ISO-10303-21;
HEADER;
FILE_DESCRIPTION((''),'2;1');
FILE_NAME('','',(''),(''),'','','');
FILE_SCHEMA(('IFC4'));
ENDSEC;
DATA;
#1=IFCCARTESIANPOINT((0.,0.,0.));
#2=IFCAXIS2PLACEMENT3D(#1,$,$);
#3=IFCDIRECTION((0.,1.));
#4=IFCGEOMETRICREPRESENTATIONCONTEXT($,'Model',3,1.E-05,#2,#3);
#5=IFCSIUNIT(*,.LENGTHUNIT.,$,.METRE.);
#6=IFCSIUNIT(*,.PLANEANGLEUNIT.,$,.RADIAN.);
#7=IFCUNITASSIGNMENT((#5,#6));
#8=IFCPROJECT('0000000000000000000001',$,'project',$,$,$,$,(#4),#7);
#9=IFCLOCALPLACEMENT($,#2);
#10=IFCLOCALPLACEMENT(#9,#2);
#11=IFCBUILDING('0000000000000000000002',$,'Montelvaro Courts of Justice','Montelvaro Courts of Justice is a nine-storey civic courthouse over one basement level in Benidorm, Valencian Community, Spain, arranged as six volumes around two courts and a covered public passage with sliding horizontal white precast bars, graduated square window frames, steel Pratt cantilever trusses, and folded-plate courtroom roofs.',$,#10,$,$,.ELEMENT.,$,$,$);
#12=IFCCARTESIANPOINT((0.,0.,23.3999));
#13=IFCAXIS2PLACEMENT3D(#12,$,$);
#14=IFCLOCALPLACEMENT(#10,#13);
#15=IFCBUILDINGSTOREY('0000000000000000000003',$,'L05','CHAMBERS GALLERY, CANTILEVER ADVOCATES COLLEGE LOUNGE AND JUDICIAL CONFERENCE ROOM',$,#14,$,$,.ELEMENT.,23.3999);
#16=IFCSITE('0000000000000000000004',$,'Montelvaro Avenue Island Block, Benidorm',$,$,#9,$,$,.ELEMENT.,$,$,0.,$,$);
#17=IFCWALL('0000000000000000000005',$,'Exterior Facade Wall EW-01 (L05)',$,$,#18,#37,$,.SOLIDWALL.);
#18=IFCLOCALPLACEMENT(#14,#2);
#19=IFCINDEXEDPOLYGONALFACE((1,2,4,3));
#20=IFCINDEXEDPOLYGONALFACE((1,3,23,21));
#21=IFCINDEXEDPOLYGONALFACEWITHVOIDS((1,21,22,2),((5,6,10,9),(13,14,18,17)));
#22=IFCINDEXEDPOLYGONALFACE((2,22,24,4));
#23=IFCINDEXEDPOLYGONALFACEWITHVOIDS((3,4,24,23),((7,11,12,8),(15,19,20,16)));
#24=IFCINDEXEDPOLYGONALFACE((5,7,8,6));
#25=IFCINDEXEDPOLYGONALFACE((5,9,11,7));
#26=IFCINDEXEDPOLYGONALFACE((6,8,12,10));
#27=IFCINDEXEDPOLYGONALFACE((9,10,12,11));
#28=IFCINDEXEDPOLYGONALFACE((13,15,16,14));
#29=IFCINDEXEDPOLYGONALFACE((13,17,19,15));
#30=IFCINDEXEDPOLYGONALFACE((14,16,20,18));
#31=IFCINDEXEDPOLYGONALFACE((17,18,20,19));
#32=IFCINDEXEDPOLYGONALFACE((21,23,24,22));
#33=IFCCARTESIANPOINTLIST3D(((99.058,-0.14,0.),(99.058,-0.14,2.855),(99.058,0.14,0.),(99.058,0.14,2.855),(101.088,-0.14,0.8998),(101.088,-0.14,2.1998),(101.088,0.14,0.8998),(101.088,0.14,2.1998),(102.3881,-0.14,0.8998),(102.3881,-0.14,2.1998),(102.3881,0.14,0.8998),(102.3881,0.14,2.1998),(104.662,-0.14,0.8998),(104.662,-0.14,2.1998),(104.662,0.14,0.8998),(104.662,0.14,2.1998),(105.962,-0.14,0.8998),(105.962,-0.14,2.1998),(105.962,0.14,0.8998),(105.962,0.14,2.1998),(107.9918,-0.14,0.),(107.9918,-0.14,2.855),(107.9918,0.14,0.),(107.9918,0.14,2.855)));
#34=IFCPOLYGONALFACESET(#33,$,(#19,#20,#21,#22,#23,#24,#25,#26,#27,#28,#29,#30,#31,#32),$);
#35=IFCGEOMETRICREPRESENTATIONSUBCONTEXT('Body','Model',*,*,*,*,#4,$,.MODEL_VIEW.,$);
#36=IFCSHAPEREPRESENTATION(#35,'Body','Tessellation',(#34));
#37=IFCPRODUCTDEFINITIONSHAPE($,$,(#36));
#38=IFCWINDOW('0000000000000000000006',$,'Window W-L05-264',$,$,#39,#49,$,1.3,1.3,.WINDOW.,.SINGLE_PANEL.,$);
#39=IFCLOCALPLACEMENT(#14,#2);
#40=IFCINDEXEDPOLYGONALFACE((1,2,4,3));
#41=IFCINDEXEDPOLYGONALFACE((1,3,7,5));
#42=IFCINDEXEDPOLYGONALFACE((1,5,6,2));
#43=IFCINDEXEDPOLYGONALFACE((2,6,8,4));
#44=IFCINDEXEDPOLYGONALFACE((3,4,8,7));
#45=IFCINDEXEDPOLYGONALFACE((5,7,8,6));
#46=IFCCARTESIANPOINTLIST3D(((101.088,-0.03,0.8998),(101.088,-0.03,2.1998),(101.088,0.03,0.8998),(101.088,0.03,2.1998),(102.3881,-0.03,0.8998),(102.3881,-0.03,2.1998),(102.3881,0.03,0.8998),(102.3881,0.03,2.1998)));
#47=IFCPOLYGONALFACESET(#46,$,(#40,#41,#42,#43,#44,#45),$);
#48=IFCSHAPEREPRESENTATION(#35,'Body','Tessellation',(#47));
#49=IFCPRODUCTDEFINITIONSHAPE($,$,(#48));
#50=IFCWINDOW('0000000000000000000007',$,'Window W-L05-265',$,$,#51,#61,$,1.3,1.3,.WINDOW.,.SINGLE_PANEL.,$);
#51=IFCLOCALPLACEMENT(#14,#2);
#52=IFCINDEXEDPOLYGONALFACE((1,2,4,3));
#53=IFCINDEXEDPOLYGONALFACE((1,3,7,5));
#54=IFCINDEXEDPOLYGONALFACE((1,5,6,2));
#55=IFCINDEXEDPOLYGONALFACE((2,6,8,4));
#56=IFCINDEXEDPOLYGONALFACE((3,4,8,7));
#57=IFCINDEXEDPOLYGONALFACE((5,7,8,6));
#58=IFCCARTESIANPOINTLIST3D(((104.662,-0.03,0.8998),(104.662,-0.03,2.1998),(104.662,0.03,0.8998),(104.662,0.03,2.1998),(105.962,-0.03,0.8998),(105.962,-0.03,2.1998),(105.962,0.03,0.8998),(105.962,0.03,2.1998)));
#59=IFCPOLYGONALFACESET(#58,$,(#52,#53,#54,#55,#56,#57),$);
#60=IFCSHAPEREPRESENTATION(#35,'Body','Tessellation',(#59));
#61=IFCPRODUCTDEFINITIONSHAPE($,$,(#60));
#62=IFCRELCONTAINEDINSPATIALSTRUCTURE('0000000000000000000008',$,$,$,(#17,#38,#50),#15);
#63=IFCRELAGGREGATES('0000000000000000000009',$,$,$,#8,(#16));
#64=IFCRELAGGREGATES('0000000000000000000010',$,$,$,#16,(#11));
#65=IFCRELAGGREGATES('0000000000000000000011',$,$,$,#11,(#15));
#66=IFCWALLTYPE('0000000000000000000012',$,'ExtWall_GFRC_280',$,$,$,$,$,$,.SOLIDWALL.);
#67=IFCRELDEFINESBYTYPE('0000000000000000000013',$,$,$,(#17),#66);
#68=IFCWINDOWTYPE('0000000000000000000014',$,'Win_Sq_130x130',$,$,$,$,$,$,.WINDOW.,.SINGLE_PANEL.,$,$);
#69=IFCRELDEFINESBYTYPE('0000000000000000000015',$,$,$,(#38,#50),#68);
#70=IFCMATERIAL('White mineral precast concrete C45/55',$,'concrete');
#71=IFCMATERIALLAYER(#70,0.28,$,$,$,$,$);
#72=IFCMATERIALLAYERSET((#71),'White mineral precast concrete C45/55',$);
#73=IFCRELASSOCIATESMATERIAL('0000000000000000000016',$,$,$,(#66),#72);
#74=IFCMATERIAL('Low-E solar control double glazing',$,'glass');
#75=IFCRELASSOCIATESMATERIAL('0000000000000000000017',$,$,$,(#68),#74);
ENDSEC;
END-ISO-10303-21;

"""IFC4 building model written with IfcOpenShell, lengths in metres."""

from ifc_helpers import new_model, si_unit, direction, frame, frame_2d, origin, place, context, subcontext, project, spatial, rectangle, extrude, material, layer, layer_set, type_object, element, fill, save


model = new_model("IFC4")

# Units and contexts
model_context = context("Model", 3, precision=1e-05, world=origin(), true_north=direction((0.0, 1.0)))
body_context = subcontext(model_context, "Body", "Model", "MODEL_VIEW")
ifc_project = project(units=[si_unit("LENGTHUNIT", "METRE"), si_unit("PLANEANGLEUNIT", "RADIAN")], contexts=[model_context])

# Site, building, storey
site_placement = place(None, origin())
site = spatial("IfcSite", under=ifc_project, at=site_placement, Name="Montelvaro Avenue Island Block, Benidorm", CompositionType="ELEMENT", RefElevation=0.0)
building_placement = place(site_placement, origin())
building = spatial("IfcBuilding", under=site, at=building_placement, Name="Montelvaro Courts of Justice", Description="Montelvaro Courts of Justice is a nine-storey civic courthouse over one basement level in Benidorm, Valencian Community, Spain, arranged as six volumes around two courts and a covered public passage with sliding horizontal white precast bars, graduated square window frames, steel Pratt cantilever trusses, and folded-plate courtroom roofs.", CompositionType="ELEMENT")
storey_placement = place(building_placement, frame((0.0, 0.0, 23.3999)))
storey = spatial("IfcBuildingStorey", under=building, at=storey_placement, Name="L05", Description="CHAMBERS GALLERY, CANTILEVER ADVOCATES COLLEGE LOUNGE AND JUDICIAL CONFERENCE ROOM", CompositionType="ELEMENT", Elevation=23.3999)

# Shared definitions
ifc_material_1 = material(Name="White mineral precast concrete C45/55", Category="concrete")

# Wall, openings, windows
ifc_layer_1 = layer(ifc_material_1, 0.28)
ifc_layer_set_1 = layer_set([ifc_layer_1], Name="White mineral precast concrete C45/55")
wall_type = type_object("IfcWallType", Name="ExtWall_GFRC_280", PredefinedType="SOLIDWALL", material=ifc_layer_set_1)
wall_placement = place(storey_placement, frame((99.0581, 0.0, 0.0), z_axis=(0.0, 0.0, 1.0), x_axis=(1.0, 0.0, 0.0)))
wall = element("IfcWall", 1, at=wall_placement, inside=storey, type_object=wall_type, Name="Exterior Facade Wall EW-01 (L05)", PredefinedType="SOLIDWALL", context=body_context, shape_type="SweptSolid", body=[
    extrude(rectangle(XDim=8.9338, YDim=0.28, at=frame_2d((4.4668, 0.0))), origin(), (0.0, 0.0, 1.0), 2.855),
])
opening_1_placement = place(wall_placement, frame((2.03, 0.0, 0.8999)))
opening_1 = element("IfcOpeningElement", 2, at=opening_1_placement, cuts=wall, PredefinedType="OPENING", context=body_context, shape_type="SweptSolid", body=[
    extrude(rectangle(XDim=1.3, YDim=1.3, at=frame_2d((0.6499, 0.6499))), frame((0.0, 0.1548, 0.0), z_axis=(0.0, -1.0, 0.0), x_axis=(1.0, 0.0, 0.0)), (0.0, 0.0, 1.0), 0.3098),
])
opening_2_placement = place(wall_placement, frame((5.604, 0.0, 0.8999)))
opening_2 = element("IfcOpeningElement", 3, at=opening_2_placement, cuts=wall, PredefinedType="OPENING", context=body_context, shape_type="SweptSolid", body=[
    extrude(rectangle(XDim=1.3, YDim=1.3, at=frame_2d((0.6499, 0.6499))), frame((0.0, 0.1548, 0.0), z_axis=(0.0, -1.0, 0.0), x_axis=(1.0, 0.0, 0.0)), (0.0, 0.0, 1.0), 0.3098),
])
ifc_material_2 = material(Name="Low-E solar control double glazing", Category="glass")
window_type = type_object("IfcWindowType", Name="Win_Sq_130x130", PartitioningType="SINGLE_PANEL", PredefinedType="WINDOW", material=ifc_material_2)
window_1_placement = place(opening_1_placement, origin())
window_1 = element("IfcWindow", 4, at=window_1_placement, inside=storey, type_object=window_type, Name="Window W-L05-264", OverallHeight=1.3, OverallWidth=1.3, PartitioningType="SINGLE_PANEL", PredefinedType="WINDOW", context=body_context, shape_type="SweptSolid", body=[
    extrude(rectangle(XDim=1.3, YDim=1.3, at=frame_2d((0.6499, 0.6499))), frame((0.0, 0.03, 0.0), z_axis=(0.0, -1.0, 0.0), x_axis=(1.0, 0.0, 0.0)), (0.0, 0.0, 1.0), 0.0601),
])
fill(opening_1, window_1)
window_2_placement = place(opening_2_placement, origin())
window_2 = element("IfcWindow", 5, at=window_2_placement, inside=storey, type_object=window_type, Name="Window W-L05-265", OverallHeight=1.3, OverallWidth=1.3, PartitioningType="SINGLE_PANEL", PredefinedType="WINDOW", context=body_context, shape_type="SweptSolid", body=[
    extrude(rectangle(XDim=1.3, YDim=1.3, at=frame_2d((0.6499, 0.6499))), frame((0.0, 0.03, 0.0), z_axis=(0.0, -1.0, 0.0), x_axis=(1.0, 0.0, 0.0)), (0.0, 0.0, 1.0), 0.0601),
])
fill(opening_2, window_2)

save(model, "model.ifc")
